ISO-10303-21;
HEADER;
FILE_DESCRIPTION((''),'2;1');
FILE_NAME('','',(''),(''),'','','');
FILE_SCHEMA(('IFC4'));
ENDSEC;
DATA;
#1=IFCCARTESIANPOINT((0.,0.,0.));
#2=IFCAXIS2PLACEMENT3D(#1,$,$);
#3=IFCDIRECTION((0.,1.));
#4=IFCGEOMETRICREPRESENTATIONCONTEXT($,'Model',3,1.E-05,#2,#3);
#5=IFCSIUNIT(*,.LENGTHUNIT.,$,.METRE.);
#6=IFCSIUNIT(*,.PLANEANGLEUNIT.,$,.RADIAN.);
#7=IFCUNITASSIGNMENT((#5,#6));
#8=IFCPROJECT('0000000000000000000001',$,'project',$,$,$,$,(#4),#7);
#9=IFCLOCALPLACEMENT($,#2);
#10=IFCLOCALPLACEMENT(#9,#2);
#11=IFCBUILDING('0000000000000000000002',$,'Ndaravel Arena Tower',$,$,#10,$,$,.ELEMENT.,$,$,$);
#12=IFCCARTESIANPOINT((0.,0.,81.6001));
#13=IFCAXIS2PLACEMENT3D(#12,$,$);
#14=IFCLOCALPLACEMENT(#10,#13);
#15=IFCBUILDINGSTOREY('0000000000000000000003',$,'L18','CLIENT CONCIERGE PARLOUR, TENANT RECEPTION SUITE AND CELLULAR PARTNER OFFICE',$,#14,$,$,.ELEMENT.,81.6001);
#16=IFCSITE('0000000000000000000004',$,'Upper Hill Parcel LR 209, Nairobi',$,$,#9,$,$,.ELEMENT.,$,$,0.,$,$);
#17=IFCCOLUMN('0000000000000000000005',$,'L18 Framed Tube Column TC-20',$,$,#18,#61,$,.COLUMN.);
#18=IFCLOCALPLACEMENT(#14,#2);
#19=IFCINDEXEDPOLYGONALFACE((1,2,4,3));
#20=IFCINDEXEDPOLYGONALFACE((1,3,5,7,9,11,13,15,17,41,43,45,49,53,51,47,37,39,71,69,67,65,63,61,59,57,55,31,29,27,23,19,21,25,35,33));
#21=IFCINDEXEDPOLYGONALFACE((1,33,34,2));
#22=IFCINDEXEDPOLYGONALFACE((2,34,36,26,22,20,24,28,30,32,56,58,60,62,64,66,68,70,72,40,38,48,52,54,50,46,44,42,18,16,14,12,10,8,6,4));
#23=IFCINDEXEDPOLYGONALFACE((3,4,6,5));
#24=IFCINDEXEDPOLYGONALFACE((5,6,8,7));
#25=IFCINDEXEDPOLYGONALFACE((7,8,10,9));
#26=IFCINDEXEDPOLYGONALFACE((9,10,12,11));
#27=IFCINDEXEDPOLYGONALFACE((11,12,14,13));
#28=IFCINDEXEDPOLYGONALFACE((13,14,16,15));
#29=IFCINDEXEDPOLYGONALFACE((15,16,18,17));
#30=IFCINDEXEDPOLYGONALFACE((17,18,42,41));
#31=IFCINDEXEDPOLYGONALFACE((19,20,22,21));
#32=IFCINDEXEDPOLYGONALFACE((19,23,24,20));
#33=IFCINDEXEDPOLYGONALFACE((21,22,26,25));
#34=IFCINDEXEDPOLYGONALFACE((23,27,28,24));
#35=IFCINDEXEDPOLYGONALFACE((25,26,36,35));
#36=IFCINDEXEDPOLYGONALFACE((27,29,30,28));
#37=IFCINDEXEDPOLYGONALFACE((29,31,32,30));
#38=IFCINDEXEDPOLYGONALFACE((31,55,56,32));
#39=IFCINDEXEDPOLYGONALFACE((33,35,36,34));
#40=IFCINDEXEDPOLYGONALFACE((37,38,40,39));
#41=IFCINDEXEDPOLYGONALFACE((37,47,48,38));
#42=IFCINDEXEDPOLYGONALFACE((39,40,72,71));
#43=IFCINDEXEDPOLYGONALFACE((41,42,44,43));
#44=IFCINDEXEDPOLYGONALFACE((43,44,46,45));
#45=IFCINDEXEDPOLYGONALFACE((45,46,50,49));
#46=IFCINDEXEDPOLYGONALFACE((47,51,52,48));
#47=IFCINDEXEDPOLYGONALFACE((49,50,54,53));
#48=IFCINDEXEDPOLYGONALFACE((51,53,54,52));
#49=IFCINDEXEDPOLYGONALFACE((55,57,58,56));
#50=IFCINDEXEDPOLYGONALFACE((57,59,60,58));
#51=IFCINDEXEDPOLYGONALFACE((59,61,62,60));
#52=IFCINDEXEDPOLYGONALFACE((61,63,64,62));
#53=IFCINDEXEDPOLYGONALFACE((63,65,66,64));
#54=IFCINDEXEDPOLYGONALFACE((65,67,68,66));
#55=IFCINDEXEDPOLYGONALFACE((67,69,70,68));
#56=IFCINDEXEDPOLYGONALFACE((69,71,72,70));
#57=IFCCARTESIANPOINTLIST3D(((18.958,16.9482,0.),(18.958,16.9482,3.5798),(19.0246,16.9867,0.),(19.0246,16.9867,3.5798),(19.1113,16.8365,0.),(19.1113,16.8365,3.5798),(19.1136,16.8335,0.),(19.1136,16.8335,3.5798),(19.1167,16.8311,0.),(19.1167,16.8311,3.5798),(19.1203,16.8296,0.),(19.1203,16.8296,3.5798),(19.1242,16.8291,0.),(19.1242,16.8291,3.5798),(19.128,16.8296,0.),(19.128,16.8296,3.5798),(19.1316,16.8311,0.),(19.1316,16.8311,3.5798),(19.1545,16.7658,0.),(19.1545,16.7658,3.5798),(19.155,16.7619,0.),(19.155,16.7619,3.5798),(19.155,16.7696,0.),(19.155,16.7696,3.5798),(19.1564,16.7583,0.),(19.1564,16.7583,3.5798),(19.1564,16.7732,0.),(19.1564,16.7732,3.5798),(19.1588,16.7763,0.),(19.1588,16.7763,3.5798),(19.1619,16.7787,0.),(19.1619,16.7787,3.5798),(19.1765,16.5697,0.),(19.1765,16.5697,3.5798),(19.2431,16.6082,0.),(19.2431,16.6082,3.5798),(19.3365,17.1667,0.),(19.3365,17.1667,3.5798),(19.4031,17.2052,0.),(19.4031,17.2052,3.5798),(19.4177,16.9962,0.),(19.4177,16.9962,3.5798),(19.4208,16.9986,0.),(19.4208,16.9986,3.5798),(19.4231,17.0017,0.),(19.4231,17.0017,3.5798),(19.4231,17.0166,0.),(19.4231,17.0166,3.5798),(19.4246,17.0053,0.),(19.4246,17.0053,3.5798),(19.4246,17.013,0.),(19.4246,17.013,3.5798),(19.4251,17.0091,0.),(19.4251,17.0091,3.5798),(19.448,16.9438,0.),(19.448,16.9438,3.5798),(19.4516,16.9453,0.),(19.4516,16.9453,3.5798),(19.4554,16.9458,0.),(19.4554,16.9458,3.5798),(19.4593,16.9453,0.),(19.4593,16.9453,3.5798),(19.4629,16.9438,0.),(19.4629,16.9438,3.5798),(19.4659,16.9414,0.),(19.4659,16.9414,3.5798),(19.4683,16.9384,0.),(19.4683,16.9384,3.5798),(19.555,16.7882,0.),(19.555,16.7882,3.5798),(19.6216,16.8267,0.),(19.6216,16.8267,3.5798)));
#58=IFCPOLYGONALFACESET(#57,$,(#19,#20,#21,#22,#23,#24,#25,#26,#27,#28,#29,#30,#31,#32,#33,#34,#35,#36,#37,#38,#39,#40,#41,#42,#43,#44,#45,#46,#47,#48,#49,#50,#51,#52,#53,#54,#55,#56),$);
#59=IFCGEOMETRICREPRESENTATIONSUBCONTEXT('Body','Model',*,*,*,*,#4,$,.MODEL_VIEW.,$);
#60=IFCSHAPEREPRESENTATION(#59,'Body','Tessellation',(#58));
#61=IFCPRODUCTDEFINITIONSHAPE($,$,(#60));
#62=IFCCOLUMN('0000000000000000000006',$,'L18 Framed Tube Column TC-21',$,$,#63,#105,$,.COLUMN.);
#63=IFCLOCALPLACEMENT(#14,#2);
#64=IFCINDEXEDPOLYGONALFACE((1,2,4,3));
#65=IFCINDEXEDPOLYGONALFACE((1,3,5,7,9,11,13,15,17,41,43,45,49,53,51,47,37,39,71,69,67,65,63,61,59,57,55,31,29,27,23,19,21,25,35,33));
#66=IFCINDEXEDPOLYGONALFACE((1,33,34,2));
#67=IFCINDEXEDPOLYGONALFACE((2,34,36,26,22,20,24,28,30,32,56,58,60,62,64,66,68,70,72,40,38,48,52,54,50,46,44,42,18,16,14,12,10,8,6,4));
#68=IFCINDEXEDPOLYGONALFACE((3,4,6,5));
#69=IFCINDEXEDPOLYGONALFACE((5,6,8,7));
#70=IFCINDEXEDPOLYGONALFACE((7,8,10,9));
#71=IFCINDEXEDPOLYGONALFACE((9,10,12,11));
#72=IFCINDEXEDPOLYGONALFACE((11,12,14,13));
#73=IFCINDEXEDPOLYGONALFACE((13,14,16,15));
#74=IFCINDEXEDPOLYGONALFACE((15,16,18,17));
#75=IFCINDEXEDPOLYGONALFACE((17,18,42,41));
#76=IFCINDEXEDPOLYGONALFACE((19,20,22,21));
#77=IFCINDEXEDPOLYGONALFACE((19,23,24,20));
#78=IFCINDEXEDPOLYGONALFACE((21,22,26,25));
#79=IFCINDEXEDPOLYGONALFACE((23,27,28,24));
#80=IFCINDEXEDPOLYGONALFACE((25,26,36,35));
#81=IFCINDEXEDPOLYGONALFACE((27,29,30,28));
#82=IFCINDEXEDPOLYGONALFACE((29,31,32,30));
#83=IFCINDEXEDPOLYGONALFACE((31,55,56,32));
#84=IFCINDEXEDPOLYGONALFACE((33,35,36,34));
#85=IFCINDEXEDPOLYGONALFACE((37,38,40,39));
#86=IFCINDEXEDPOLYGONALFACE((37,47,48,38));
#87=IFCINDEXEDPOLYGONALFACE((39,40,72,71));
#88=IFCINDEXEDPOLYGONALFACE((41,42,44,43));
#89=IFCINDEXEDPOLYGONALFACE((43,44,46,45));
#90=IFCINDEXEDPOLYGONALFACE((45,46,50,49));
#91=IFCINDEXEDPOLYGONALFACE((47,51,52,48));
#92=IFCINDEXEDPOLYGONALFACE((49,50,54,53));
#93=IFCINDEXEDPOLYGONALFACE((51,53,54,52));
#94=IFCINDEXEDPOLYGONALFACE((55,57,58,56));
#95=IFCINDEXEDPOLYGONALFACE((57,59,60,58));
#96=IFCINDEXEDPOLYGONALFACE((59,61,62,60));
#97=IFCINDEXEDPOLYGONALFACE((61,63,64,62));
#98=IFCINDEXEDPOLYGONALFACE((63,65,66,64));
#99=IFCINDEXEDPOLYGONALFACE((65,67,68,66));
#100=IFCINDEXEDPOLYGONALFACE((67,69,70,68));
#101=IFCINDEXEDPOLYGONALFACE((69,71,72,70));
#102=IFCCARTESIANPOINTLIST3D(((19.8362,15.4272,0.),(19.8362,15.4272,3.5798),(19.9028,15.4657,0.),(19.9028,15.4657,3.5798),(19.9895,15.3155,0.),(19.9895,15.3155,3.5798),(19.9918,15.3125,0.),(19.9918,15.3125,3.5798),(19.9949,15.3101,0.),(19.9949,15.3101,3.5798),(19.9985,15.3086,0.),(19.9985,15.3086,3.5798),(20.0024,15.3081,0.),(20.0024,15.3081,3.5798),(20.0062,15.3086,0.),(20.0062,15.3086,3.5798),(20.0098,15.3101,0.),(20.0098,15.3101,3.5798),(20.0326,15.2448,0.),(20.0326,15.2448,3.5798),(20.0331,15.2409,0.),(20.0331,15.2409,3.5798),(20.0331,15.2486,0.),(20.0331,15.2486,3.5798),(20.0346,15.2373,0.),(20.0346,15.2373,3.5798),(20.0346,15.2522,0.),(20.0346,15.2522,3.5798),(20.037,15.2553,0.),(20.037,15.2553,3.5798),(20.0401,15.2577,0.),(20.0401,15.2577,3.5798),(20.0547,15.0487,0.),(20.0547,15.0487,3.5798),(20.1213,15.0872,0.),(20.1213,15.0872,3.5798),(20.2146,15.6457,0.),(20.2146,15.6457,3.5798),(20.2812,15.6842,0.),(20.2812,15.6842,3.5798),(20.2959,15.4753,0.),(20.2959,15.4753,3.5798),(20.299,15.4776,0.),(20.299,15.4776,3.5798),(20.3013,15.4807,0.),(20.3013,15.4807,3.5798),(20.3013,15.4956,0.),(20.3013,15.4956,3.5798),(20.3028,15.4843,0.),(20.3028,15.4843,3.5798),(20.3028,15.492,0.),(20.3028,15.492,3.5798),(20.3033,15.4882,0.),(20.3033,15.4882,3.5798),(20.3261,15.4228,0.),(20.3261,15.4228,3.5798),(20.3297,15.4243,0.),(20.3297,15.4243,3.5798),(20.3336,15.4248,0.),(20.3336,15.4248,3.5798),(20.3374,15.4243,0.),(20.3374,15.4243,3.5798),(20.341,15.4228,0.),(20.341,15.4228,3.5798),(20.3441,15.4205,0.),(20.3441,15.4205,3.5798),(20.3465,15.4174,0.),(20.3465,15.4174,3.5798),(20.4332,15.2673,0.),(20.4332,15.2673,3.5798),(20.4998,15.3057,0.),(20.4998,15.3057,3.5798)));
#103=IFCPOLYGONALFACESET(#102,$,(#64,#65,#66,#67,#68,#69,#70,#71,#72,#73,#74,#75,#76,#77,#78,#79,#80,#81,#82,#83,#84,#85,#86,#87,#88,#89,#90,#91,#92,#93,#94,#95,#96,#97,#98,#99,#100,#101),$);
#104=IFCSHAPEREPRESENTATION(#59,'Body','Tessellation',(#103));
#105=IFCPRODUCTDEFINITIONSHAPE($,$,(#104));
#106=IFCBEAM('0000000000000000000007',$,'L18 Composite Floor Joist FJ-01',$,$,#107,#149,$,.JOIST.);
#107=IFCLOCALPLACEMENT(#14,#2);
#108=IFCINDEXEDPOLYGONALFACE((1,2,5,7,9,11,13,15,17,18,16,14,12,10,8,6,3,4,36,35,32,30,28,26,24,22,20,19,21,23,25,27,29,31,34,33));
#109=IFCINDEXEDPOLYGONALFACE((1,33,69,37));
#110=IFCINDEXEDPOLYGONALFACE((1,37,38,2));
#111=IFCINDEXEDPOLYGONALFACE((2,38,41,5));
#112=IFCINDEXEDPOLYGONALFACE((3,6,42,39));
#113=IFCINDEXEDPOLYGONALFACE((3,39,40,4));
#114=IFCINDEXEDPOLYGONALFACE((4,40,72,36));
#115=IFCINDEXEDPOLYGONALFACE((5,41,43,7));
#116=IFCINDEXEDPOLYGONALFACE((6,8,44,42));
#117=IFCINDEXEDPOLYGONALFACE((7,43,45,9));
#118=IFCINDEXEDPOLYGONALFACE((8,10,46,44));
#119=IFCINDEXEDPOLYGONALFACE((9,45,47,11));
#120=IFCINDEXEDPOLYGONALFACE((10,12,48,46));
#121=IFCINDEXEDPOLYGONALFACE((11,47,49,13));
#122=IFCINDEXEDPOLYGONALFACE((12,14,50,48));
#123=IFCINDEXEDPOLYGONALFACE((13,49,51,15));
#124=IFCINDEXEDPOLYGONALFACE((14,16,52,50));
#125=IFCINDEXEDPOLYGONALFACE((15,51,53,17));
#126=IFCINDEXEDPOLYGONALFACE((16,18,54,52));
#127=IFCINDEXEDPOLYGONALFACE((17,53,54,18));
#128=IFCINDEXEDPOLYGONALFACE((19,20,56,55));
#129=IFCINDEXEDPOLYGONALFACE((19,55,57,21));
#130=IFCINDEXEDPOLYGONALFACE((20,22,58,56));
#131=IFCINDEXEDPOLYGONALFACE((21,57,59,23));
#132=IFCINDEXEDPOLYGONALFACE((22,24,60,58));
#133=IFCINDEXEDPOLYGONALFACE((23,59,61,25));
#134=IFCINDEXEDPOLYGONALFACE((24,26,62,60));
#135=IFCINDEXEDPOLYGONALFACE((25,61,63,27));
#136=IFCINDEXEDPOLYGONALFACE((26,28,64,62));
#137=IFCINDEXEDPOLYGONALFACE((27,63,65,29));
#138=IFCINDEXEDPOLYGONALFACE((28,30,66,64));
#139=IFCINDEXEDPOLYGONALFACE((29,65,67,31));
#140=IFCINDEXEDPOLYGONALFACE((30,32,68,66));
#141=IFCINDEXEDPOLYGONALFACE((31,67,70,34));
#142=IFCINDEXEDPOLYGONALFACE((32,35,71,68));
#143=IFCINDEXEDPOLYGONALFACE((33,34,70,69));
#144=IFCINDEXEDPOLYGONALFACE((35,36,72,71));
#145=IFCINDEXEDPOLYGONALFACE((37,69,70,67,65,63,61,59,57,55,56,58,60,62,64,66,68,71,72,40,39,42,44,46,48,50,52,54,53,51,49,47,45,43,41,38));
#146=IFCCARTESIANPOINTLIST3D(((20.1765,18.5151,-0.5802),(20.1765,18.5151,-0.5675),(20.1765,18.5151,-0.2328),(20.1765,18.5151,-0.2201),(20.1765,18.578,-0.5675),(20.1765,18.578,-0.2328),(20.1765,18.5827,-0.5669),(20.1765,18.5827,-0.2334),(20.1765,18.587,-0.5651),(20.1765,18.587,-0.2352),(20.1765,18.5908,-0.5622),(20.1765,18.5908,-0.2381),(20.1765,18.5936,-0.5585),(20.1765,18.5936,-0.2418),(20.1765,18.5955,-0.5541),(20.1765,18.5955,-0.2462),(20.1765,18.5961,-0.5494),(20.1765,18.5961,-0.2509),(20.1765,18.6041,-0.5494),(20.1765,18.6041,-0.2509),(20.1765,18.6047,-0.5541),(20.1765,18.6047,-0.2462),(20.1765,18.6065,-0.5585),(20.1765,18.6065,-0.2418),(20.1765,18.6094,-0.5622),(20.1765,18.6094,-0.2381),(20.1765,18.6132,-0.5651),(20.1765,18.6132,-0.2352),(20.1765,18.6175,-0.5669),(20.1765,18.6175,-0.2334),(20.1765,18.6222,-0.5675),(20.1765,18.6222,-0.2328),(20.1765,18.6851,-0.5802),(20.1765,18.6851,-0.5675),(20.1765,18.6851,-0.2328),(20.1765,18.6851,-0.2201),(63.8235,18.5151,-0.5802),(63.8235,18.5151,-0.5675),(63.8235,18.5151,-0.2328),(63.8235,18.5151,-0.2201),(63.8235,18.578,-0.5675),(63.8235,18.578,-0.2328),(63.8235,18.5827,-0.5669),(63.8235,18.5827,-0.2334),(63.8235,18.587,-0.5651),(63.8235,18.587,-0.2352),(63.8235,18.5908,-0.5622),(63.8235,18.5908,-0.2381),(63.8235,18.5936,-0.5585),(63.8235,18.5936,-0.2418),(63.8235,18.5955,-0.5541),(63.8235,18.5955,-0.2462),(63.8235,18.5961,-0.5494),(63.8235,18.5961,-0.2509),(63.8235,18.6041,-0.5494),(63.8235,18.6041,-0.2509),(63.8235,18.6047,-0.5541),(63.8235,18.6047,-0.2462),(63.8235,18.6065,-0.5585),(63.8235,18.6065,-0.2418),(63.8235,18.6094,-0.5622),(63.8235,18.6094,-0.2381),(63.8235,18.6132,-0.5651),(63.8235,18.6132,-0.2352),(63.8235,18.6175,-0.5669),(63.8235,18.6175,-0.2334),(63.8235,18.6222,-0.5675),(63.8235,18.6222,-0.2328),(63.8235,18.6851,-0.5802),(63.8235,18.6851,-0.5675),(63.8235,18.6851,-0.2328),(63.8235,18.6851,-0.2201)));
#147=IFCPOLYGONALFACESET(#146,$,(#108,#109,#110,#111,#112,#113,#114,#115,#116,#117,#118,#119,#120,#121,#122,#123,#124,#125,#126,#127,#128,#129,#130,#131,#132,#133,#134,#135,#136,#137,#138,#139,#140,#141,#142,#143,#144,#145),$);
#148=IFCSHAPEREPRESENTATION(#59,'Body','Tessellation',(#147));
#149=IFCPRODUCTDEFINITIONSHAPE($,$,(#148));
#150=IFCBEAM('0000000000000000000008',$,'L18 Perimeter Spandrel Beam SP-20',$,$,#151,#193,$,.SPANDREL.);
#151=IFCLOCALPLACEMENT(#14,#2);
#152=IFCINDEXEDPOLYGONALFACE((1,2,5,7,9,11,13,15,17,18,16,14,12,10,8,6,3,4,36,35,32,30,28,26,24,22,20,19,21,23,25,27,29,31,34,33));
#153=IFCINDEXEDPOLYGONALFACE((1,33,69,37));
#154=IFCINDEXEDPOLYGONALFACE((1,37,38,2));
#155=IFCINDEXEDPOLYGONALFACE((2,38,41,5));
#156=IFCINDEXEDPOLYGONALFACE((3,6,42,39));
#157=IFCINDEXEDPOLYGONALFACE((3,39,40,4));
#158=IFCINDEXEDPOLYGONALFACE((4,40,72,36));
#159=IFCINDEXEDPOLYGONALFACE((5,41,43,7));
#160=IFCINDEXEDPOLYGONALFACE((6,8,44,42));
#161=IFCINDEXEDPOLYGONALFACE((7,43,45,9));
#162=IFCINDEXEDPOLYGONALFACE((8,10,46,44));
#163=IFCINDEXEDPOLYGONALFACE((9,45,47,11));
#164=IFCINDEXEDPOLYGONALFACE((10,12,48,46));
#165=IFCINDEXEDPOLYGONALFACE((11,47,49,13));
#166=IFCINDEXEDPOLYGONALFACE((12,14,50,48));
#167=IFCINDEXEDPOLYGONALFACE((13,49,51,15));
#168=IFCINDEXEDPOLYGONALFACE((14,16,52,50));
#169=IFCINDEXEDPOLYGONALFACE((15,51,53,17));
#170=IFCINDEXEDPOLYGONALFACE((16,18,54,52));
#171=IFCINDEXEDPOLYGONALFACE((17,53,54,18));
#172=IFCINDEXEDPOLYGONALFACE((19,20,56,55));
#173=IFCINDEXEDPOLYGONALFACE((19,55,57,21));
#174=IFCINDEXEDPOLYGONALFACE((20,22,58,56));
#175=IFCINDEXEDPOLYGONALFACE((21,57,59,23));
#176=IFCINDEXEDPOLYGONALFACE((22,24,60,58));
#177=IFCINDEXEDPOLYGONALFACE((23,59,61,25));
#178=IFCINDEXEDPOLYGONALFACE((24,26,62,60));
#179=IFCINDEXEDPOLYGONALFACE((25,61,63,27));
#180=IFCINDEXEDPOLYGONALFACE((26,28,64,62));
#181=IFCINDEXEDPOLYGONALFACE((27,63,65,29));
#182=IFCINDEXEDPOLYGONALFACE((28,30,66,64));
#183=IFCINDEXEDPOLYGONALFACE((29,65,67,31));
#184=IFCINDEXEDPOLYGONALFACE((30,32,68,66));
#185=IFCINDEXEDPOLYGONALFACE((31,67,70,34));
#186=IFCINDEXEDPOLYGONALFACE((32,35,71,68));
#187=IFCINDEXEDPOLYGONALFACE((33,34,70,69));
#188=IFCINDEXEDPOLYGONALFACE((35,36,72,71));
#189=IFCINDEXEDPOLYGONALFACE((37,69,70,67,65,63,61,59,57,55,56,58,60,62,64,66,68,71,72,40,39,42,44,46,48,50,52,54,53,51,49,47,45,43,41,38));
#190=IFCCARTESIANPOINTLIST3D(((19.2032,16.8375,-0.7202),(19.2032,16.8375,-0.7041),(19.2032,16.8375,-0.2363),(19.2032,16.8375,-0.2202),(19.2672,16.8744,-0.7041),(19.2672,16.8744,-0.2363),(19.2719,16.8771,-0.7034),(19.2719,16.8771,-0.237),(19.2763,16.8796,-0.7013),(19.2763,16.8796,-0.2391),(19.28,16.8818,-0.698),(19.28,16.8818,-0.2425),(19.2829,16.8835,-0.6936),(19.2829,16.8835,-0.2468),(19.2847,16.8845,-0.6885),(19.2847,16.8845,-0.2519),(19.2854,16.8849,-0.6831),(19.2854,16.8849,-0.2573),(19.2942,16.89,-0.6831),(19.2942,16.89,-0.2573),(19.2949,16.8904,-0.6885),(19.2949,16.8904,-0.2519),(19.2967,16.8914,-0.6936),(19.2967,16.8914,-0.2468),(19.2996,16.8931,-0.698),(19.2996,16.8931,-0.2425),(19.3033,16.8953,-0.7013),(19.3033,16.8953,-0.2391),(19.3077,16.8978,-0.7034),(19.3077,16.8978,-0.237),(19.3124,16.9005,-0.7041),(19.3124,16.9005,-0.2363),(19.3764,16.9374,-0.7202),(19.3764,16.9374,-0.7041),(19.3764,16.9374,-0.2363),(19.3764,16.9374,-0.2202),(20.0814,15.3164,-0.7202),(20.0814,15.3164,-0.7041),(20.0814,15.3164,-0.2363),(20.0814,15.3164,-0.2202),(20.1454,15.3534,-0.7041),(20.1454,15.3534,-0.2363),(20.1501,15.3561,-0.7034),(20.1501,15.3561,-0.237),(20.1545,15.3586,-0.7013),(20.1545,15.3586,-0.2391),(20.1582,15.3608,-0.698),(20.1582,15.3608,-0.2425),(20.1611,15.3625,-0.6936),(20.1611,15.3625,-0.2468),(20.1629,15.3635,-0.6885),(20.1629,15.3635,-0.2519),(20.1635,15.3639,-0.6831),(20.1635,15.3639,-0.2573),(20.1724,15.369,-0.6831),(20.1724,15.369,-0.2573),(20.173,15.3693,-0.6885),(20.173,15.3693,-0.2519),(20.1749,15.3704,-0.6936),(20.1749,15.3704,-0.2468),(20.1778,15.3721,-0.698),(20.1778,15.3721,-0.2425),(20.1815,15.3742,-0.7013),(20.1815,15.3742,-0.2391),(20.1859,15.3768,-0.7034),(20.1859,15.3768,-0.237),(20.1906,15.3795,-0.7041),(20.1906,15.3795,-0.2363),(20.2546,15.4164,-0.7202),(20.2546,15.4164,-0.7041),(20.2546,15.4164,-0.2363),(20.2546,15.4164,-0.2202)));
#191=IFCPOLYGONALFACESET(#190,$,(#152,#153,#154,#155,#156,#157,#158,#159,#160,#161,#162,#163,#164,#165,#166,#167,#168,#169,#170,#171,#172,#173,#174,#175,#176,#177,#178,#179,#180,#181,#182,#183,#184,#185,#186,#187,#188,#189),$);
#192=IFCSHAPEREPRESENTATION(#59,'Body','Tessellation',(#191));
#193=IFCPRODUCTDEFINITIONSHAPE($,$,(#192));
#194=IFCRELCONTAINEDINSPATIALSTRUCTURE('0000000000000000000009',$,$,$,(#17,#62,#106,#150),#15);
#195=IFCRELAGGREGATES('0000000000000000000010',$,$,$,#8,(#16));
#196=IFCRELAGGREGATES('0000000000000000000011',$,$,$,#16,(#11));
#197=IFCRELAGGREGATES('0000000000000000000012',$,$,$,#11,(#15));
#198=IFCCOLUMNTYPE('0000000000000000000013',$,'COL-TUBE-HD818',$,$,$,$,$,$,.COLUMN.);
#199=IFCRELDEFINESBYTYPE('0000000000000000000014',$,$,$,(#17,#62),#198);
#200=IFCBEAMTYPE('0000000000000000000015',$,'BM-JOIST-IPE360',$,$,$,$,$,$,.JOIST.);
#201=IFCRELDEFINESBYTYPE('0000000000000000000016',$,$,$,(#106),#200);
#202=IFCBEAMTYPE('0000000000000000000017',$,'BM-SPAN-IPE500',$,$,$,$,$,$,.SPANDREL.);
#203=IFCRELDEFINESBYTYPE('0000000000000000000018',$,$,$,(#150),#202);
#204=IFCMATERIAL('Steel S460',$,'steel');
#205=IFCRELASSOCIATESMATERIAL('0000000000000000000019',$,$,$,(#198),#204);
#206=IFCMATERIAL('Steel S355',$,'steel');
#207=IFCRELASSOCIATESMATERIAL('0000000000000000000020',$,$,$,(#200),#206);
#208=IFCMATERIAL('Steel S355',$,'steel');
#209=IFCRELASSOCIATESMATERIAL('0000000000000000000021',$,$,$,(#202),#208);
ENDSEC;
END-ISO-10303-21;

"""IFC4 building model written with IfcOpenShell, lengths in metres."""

from ifc_helpers import new_model, si_unit, direction, frame, origin, origin_2d, place, context, subcontext, project, spatial, i_section, extrude, material, material_profile, profile_set, type_object, element, save


model = new_model("IFC4")

# Units and contexts
model_context = context("Model", 3, precision=1e-05, world=origin(), true_north=direction((0.0, 1.0)))
body_context = subcontext(model_context, "Body", "Model", "MODEL_VIEW")
ifc_project = project(units=[si_unit("LENGTHUNIT", "METRE"), si_unit("PLANEANGLEUNIT", "RADIAN")], contexts=[model_context])

# Site, building, storey
site_placement = place(None, origin())
site = spatial("IfcSite", under=ifc_project, at=site_placement, Name="Upper Hill Parcel LR 209, Nairobi", CompositionType="ELEMENT", RefElevation=0.0)
building_placement = place(site_placement, origin())
building = spatial("IfcBuilding", under=site, at=building_placement, Name="Ndaravel Arena Tower", CompositionType="ELEMENT")
storey_placement = place(building_placement, frame((0.0, 0.0, 81.6001)))
storey = spatial("IfcBuildingStorey", under=building, at=storey_placement, Name="L18", Description="CLIENT CONCIERGE PARLOUR, TENANT RECEPTION SUITE AND CELLULAR PARTNER OFFICE", CompositionType="ELEMENT", Elevation=81.6001)

# Columns
ifc_material_1 = material(Name="Steel S460", Category="steel")
ifc_material_profile_1 = material_profile(ifc_material_1, i_section(OverallWidth=0.437, OverallDepth=0.5139, WebThickness=0.0605, FlangeThickness=0.0769, FilletRadius=0.0149, at=origin_2d()), Name="HD 400x818")
ifc_profile_set_1 = profile_set([ifc_material_profile_1], Name="Steel S460")
column_type = type_object("IfcColumnType", Name="COL-TUBE-HD818", PredefinedType="COLUMN", material=ifc_profile_set_1)
for number, where, z_axis, x_axis, name in (
    (1, (19.2898, 16.8875, 0.0), (0.0, 0.0, 1.0), (-0.5, 0.866025, 0.0), "L18 Framed Tube Column TC-20"),
    (2, (20.168, 15.3665, 0.0), (0.0, 0.0, 1.0), (-0.5, 0.866025, 0.0), "L18 Framed Tube Column TC-21"),
):
    element("IfcColumn", number, at=place(storey_placement, frame(where, z_axis=z_axis, x_axis=x_axis)), inside=storey, type_object=column_type, Name=name, PredefinedType="COLUMN", context=body_context, shape_type="SweptSolid", body=[
        extrude(i_section(OverallWidth=0.437, OverallDepth=0.5139, WebThickness=0.0605, FlangeThickness=0.0769, FilletRadius=0.0149, at=origin_2d()), origin(), (0.0, 0.0, 1.0), 3.5798),
    ])

# Beams
ifc_material_2 = material(Name="Steel S355", Category="steel")
ifc_material_profile_2 = material_profile(ifc_material_2, i_section(OverallWidth=0.1699, OverallDepth=0.3601, WebThickness=0.0081, FlangeThickness=0.0127, FilletRadius=0.0181, at=origin_2d()), Name="IPE 360")
ifc_profile_set_2 = profile_set([ifc_material_profile_2], Name="Steel S355")
beam_type_1 = type_object("IfcBeamType", Name="BM-JOIST-IPE360", PredefinedType="JOIST", material=ifc_profile_set_2)
beam_1_placement = place(storey_placement, frame((20.1765, 18.6001, -0.4001), z_axis=(1.0, 0.0, 0.0), x_axis=(0.0, 1.0, 0.0)))
element("IfcBeam", 3, at=beam_1_placement, inside=storey, type_object=beam_type_1, Name="L18 Composite Floor Joist FJ-01", PredefinedType="JOIST", context=body_context, shape_type="SweptSolid", body=[
    extrude(i_section(OverallWidth=0.1699, OverallDepth=0.3601, WebThickness=0.0081, FlangeThickness=0.0127, FilletRadius=0.0181, at=origin_2d()), origin(), (0.0, 0.0, 1.0), 43.647),
])
ifc_material_3 = material(Name="Steel S355", Category="steel")
ifc_material_profile_3 = material_profile(ifc_material_3, i_section(OverallWidth=0.2, OverallDepth=0.5, WebThickness=0.0103, FlangeThickness=0.0161, FilletRadius=0.021, at=origin_2d()), Name="IPE 500")
ifc_profile_set_3 = profile_set([ifc_material_profile_3], Name="Steel S355")
beam_type_2 = type_object("IfcBeamType", Name="BM-SPAN-IPE500", PredefinedType="SPANDREL", material=ifc_profile_set_3)
beam_2_placement = place(storey_placement, frame((19.2898, 16.8875, -0.4702), z_axis=(0.500011, -0.866019, 0.0), x_axis=(0.866019, 0.500011, 0.0)))
element("IfcBeam", 4, at=beam_2_placement, inside=storey, type_object=beam_type_2, Name="L18 Perimeter Spandrel Beam SP-20", PredefinedType="SPANDREL", context=body_context, shape_type="SweptSolid", body=[
    extrude(i_section(OverallWidth=0.2, OverallDepth=0.5, WebThickness=0.0103, FlangeThickness=0.0161, FilletRadius=0.021, at=origin_2d()), origin(), (0.0, 0.0, 1.0), 1.7563),
])

save(model, "model.ifc")
